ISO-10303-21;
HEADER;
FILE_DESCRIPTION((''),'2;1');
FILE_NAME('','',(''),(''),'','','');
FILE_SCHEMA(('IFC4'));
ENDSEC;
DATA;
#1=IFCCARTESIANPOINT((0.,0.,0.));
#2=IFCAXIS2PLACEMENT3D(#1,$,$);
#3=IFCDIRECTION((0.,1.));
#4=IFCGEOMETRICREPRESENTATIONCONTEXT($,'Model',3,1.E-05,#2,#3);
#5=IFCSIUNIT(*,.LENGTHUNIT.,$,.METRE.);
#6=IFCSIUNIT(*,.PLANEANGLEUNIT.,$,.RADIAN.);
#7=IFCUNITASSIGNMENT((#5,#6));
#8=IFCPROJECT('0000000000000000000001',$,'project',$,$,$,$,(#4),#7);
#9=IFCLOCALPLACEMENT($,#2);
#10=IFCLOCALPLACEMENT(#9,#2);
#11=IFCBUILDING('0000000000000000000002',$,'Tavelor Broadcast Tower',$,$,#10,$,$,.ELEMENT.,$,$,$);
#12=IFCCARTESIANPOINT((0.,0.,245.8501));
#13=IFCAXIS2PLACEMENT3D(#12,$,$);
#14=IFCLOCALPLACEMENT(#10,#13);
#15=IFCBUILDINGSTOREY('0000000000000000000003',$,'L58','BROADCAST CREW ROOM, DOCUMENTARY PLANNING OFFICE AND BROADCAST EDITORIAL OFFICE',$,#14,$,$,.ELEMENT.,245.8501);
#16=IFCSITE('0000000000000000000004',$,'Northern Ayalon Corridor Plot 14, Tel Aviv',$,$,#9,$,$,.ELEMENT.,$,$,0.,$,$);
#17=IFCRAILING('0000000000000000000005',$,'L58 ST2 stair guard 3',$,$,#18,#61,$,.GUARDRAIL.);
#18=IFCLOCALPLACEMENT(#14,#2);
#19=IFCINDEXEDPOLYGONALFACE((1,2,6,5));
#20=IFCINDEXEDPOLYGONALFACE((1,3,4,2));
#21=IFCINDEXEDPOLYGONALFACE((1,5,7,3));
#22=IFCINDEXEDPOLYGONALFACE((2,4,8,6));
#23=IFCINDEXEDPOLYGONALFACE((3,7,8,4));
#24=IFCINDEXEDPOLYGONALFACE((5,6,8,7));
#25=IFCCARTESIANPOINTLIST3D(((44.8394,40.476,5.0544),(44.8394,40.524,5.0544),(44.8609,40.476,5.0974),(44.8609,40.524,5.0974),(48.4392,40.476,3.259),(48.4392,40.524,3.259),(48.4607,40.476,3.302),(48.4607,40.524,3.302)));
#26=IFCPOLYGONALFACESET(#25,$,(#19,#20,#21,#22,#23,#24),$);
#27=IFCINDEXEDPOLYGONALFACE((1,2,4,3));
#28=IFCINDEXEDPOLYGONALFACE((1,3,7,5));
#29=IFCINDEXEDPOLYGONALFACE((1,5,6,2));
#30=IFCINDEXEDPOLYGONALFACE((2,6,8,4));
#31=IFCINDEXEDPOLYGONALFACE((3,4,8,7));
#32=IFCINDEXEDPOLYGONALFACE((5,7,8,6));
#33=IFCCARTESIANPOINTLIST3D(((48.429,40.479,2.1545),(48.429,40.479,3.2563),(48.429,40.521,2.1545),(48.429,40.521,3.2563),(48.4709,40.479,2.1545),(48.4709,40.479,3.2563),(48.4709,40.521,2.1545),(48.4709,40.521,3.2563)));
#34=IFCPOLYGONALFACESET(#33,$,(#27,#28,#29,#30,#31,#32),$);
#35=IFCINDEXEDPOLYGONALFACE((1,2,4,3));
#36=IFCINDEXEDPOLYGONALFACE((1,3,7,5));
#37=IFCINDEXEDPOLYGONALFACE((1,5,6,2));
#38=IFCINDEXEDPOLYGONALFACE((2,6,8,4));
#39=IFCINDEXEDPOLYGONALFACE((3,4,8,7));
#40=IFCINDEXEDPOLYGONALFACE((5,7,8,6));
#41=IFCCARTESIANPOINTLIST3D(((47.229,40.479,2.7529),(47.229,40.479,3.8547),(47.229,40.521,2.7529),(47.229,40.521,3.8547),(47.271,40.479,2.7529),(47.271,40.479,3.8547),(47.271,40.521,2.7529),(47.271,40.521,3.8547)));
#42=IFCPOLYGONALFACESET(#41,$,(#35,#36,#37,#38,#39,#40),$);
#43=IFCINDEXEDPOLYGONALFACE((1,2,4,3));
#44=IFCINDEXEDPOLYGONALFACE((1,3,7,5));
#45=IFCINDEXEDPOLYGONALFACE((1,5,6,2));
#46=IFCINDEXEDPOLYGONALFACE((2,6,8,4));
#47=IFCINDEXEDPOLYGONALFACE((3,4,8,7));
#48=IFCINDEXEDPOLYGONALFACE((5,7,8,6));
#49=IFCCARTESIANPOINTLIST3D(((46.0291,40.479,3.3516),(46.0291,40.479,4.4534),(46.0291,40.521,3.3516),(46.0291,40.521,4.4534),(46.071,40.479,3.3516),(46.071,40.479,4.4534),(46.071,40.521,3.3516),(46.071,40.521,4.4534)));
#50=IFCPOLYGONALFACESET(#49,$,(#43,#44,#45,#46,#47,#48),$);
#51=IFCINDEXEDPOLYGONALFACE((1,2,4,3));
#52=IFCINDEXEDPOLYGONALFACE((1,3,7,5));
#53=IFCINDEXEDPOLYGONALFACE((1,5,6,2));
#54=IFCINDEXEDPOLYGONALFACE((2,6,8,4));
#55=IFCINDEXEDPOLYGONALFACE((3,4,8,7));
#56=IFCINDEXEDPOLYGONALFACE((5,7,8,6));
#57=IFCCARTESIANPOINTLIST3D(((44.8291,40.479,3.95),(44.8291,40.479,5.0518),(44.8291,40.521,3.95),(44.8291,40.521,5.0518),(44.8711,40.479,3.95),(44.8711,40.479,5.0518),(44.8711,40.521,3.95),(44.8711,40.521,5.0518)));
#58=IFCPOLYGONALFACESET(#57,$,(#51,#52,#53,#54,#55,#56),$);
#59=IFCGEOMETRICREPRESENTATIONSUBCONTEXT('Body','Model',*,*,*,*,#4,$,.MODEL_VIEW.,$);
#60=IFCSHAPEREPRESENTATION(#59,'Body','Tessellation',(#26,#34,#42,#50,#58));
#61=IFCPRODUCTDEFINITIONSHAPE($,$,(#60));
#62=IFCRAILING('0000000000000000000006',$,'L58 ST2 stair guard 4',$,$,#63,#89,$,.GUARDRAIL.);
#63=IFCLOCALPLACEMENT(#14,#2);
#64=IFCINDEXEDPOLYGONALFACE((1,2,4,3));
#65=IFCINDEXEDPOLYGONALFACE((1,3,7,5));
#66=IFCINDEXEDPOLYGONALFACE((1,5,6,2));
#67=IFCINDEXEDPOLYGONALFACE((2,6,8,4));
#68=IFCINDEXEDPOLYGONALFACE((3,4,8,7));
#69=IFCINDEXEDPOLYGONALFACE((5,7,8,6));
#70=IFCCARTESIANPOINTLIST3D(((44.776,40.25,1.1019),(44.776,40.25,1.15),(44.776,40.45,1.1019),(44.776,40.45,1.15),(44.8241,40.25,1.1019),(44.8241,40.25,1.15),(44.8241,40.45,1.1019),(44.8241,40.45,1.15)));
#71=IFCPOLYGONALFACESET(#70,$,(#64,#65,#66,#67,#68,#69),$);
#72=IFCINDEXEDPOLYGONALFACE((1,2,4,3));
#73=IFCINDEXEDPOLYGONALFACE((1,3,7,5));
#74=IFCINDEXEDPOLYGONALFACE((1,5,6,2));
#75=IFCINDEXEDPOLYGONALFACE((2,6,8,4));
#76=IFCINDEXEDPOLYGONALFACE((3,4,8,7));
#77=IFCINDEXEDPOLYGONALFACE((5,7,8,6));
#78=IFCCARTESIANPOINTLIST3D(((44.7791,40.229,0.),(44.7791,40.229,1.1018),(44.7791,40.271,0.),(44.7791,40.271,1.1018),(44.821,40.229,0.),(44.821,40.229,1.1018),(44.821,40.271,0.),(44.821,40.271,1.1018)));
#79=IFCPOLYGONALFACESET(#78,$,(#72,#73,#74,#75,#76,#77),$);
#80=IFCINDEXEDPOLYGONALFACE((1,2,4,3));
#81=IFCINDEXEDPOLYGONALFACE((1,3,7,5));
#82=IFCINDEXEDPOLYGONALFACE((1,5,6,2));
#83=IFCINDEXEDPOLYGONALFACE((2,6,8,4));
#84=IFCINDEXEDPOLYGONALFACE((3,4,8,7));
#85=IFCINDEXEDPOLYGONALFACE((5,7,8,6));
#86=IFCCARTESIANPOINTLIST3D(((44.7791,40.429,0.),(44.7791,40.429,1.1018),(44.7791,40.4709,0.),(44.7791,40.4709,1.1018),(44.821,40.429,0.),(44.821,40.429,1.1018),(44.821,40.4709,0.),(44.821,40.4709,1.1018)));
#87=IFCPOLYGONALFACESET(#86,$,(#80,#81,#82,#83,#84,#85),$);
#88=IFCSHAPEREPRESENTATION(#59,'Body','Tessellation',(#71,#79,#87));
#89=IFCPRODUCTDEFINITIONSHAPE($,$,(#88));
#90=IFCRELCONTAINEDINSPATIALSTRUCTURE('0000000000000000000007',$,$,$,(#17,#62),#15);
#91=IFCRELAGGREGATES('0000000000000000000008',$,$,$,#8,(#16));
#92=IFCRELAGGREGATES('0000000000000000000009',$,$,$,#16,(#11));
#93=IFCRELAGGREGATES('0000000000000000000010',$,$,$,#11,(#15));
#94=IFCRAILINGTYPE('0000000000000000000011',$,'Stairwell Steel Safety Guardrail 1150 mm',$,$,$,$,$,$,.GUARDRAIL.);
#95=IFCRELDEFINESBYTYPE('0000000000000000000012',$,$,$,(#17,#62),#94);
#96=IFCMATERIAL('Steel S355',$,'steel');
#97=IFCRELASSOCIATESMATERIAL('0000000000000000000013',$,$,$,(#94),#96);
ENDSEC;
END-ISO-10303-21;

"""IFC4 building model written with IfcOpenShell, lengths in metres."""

from ifc_helpers import new_model, si_unit, direction, frame, origin, origin_2d, place, context, subcontext, project, spatial, rectangle, extrude, material, type_object, element, save


model = new_model("IFC4")

# Units and contexts
model_context = context("Model", 3, precision=1e-05, world=origin(), true_north=direction((0.0, 1.0)))
body_context = subcontext(model_context, "Body", "Model", "MODEL_VIEW")
ifc_project = project(units=[si_unit("LENGTHUNIT", "METRE"), si_unit("PLANEANGLEUNIT", "RADIAN")], contexts=[model_context])

# Site, building, storey
site_placement = place(None, origin())
site = spatial("IfcSite", under=ifc_project, at=site_placement, Name="Northern Ayalon Corridor Plot 14, Tel Aviv", CompositionType="ELEMENT", RefElevation=0.0)
building_placement = place(site_placement, origin())
building = spatial("IfcBuilding", under=site, at=building_placement, Name="Tavelor Broadcast Tower", CompositionType="ELEMENT")
storey_placement = place(building_placement, frame((0.0, 0.0, 245.8501)))
storey = spatial("IfcBuildingStorey", under=building, at=storey_placement, Name="L58", Description="BROADCAST CREW ROOM, DOCUMENTARY PLANNING OFFICE AND BROADCAST EDITORIAL OFFICE", CompositionType="ELEMENT", Elevation=245.8501)

# Shared definitions
ifc_material_1 = material(Name="Steel S355", Category="steel")

# Railings
railing_type_1 = type_object("IfcRailingType", Name="Stairwell Steel Safety Guardrail 1150 mm", PredefinedType="GUARDRAIL", material=ifc_material_1)
railing_1_placement = place(storey_placement, frame((48.45, 40.5, 2.1545)))
element("IfcRailing", 1, at=railing_1_placement, inside=storey, type_object=railing_type_1, Name="L58 ST2 stair guard 3", PredefinedType="GUARDRAIL", context=body_context, shape_type="SweptSolid", body=[
    extrude(rectangle(XDim=0.0481, YDim=0.0481, at=origin_2d()), frame((0.0, 0.0, 1.126), z_axis=(-0.894876, 0.0, 0.446315), x_axis=(0.0, -1.0, 0.0)), (0.0, 0.0, 1.0), 4.0227),
    extrude(rectangle(XDim=0.042, YDim=0.042, at=origin_2d()), origin(), (0.0, 0.0, 1.0), 1.1018),
    extrude(rectangle(XDim=0.042, YDim=0.042, at=origin_2d()), frame((-1.2, 0.0, 0.5984)), (0.0, 0.0, 1.0), 1.1018),
    extrude(rectangle(XDim=0.042, YDim=0.042, at=origin_2d()), frame((-2.3999, 0.0, 1.197)), (0.0, 0.0, 1.0), 1.1018),
    extrude(rectangle(XDim=0.042, YDim=0.042, at=origin_2d()), frame((-3.5999, 0.0, 1.7954)), (0.0, 0.0, 1.0), 1.1018),
])
railing_2_placement = place(storey_placement, frame((44.8, 40.25, 0.0)))
element("IfcRailing", 2, at=railing_2_placement, inside=storey, type_object=railing_type_1, Name="L58 ST2 stair guard 4", PredefinedType="GUARDRAIL", context=body_context, shape_type="SweptSolid", body=[
    extrude(rectangle(XDim=0.0481, YDim=0.0481, at=origin_2d()), frame((0.0, 0.0, 1.126), z_axis=(0.0, 1.0, 0.0), x_axis=(-1.0, 0.0, 0.0)), (0.0, 0.0, 1.0), 0.2),
    extrude(rectangle(XDim=0.042, YDim=0.042, at=origin_2d()), origin(), (0.0, 0.0, 1.0), 1.1018),
    extrude(rectangle(XDim=0.042, YDim=0.042, at=origin_2d()), frame((0.0, 0.2, 0.0)), (0.0, 0.0, 1.0), 1.1018),
])

save(model, "model.ifc")
